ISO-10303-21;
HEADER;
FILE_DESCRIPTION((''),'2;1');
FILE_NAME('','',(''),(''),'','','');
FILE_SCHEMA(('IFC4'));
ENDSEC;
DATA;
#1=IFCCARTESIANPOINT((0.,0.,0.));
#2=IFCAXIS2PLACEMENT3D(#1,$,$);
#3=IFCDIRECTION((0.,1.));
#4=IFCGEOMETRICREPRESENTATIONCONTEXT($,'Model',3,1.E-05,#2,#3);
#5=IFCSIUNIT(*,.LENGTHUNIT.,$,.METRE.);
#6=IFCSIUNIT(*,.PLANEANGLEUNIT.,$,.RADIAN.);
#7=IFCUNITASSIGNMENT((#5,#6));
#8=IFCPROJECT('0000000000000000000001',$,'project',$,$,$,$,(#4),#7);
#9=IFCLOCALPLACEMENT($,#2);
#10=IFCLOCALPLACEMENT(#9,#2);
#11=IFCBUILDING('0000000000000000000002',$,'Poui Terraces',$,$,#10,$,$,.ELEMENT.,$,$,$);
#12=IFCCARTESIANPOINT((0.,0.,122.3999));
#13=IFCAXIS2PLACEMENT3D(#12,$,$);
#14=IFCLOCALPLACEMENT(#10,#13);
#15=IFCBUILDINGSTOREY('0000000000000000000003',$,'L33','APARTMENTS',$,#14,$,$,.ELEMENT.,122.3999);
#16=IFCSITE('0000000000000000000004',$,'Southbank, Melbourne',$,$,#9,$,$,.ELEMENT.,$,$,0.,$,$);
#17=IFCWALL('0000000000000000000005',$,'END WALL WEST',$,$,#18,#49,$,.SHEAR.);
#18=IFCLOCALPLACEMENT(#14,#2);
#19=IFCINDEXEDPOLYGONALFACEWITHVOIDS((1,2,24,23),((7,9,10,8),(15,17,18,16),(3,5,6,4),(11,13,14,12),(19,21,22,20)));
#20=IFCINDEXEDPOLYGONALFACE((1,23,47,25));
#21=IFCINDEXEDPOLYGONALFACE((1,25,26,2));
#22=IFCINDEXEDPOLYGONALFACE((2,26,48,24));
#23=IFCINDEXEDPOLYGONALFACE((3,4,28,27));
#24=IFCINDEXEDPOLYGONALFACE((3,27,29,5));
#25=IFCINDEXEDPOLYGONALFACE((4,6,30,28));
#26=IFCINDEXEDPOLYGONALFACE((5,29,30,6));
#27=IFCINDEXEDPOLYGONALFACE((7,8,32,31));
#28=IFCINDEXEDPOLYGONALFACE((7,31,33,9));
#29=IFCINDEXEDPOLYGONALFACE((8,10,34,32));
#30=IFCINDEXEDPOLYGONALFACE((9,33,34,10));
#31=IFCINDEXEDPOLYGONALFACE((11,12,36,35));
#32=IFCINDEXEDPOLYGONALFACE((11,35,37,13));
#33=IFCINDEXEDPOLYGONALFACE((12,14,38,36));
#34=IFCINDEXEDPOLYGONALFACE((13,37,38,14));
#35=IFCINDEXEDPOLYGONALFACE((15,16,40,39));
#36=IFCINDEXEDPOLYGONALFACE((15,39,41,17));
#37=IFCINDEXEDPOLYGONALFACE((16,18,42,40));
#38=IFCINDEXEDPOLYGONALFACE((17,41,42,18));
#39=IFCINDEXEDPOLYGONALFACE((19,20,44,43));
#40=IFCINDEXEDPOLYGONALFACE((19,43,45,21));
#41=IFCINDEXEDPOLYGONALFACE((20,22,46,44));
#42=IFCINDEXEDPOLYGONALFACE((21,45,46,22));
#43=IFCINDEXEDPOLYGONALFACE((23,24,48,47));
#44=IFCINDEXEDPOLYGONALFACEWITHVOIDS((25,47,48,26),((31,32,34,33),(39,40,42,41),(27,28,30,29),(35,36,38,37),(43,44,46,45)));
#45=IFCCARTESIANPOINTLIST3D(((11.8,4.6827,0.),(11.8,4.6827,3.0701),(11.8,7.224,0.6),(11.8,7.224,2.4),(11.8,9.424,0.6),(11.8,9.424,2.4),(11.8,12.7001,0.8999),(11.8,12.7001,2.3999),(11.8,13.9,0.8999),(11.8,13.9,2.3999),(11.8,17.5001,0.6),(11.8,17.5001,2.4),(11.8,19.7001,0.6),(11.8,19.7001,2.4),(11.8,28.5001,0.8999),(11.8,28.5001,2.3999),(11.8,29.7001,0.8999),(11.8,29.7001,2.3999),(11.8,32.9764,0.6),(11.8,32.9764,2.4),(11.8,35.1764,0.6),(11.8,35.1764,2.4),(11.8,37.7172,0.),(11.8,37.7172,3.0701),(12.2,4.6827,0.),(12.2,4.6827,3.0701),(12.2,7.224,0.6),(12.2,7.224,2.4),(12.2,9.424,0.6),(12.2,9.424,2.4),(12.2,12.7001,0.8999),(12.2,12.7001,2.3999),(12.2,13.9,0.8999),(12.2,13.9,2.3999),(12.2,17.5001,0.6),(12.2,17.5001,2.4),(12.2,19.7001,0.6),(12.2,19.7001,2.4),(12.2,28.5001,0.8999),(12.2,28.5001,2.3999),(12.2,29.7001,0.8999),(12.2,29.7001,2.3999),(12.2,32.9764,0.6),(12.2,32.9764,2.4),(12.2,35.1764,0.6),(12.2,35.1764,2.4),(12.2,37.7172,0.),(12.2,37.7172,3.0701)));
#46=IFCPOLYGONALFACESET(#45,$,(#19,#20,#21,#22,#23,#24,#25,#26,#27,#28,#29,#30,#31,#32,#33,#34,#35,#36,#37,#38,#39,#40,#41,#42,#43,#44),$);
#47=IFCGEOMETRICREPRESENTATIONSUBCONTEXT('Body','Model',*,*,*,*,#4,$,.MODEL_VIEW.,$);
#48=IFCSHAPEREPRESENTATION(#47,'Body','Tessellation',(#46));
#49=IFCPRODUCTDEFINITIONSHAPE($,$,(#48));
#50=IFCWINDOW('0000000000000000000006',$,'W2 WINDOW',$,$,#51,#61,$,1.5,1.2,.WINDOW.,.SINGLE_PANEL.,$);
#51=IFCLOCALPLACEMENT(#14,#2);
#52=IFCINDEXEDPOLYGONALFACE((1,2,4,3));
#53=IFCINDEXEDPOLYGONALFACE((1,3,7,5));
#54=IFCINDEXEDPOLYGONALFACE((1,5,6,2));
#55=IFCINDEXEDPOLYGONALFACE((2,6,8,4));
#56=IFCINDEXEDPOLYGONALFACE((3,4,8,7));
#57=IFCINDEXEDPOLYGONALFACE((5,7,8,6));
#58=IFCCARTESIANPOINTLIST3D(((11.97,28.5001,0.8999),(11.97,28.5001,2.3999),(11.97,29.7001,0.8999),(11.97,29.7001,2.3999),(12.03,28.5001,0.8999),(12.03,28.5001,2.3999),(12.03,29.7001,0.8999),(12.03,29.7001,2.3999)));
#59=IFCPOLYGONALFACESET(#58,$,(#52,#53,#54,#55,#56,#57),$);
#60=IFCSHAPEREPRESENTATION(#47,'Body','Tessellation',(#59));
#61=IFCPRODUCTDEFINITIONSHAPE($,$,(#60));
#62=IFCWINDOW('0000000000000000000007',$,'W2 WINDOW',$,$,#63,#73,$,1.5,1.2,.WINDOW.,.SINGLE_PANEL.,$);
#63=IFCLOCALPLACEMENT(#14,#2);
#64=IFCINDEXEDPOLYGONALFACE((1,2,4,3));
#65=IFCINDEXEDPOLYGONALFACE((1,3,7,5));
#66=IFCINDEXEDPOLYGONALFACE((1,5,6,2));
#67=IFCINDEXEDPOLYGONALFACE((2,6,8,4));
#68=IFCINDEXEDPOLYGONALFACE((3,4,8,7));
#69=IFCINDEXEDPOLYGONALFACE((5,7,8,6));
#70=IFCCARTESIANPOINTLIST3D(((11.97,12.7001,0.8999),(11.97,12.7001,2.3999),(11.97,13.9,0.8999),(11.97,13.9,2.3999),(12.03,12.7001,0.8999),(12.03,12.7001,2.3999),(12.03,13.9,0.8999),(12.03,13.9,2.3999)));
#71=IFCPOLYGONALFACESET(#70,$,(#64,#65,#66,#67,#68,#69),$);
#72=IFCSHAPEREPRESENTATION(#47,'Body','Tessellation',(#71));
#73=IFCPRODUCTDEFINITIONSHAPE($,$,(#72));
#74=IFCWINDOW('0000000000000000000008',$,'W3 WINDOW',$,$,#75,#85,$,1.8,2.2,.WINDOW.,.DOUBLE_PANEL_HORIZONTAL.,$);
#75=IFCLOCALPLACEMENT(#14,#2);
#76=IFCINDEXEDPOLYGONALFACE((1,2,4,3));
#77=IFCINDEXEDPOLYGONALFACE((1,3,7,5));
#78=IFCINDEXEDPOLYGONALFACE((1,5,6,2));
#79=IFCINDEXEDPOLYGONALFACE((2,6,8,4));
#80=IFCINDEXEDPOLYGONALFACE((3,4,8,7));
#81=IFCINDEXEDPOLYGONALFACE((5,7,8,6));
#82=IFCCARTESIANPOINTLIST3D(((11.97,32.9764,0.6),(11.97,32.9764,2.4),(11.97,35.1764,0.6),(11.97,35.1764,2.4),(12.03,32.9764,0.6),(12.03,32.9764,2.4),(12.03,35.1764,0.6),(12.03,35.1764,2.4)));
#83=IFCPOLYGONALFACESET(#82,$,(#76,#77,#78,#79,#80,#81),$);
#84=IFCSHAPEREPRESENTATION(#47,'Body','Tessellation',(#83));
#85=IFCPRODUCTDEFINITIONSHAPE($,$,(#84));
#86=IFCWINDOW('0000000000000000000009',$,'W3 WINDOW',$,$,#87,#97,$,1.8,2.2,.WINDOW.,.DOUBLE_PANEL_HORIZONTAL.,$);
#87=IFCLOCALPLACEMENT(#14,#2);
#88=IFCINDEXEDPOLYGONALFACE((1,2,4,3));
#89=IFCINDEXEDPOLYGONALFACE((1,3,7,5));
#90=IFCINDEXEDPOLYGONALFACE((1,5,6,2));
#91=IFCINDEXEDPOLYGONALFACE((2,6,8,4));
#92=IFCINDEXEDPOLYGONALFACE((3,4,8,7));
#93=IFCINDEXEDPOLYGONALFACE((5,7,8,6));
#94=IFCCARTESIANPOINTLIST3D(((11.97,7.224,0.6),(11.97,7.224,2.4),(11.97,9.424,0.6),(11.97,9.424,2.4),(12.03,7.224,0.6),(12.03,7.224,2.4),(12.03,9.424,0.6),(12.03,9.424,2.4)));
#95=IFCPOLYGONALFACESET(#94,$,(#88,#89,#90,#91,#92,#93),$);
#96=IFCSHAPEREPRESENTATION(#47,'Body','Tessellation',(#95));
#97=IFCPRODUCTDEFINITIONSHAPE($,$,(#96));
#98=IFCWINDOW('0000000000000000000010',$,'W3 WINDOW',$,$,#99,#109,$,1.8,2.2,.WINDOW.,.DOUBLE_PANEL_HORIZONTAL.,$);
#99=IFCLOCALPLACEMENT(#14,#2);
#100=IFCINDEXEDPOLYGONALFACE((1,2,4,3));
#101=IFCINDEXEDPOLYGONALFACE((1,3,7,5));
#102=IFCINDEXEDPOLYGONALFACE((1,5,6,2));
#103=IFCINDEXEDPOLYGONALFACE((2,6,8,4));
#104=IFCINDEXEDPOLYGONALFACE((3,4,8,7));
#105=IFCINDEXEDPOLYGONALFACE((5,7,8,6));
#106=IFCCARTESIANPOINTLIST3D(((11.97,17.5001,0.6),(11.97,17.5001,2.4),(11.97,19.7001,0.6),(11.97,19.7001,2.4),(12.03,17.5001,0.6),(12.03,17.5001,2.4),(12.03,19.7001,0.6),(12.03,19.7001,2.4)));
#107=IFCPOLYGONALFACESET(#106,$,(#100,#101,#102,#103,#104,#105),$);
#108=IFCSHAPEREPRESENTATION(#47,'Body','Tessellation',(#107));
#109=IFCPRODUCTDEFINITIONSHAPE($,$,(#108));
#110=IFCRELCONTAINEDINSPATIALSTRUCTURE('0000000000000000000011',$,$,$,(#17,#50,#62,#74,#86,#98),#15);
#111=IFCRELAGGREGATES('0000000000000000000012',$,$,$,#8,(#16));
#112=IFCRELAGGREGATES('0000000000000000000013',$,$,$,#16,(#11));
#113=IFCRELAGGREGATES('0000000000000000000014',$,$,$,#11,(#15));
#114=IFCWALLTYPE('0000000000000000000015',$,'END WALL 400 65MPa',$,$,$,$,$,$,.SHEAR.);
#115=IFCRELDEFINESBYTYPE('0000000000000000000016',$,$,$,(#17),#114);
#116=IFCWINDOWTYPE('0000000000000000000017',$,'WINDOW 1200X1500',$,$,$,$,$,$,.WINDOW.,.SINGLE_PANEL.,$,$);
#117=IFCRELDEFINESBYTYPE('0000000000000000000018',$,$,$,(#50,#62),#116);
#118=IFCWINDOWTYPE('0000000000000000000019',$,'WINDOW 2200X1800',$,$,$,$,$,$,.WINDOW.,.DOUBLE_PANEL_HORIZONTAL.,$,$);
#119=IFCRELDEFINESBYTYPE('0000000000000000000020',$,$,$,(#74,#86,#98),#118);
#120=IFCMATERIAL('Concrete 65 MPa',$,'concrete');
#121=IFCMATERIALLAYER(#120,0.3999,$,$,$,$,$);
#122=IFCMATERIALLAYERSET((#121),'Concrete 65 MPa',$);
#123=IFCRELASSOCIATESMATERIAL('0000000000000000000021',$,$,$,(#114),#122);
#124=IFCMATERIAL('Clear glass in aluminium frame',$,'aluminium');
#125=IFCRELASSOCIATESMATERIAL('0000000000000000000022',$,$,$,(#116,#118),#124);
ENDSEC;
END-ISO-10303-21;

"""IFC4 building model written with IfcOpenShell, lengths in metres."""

from ifc_helpers import new_model, si_unit, direction, frame, frame_2d, origin, place, context, subcontext, project, spatial, rectangle, extrude, material, layer, layer_set, type_object, element, fill, save


model = new_model("IFC4")

# Units and contexts
model_context = context("Model", 3, precision=1e-05, world=origin(), true_north=direction((0.0, 1.0)))
body_context = subcontext(model_context, "Body", "Model", "MODEL_VIEW")
ifc_project = project(units=[si_unit("LENGTHUNIT", "METRE"), si_unit("PLANEANGLEUNIT", "RADIAN")], contexts=[model_context])

# Site, building, storey
site_placement = place(None, origin())
site = spatial("IfcSite", under=ifc_project, at=site_placement, Name="Southbank, Melbourne", CompositionType="ELEMENT", RefElevation=0.0)
building_placement = place(site_placement, origin())
building = spatial("IfcBuilding", under=site, at=building_placement, Name="Poui Terraces", CompositionType="ELEMENT")
storey_placement = place(building_placement, frame((0.0, 0.0, 122.3999)))
storey = spatial("IfcBuildingStorey", under=building, at=storey_placement, Name="L33", Description="APARTMENTS", CompositionType="ELEMENT", Elevation=122.3999)

# Shared definitions
ifc_material_1 = material(Name="Concrete 65 MPa", Category="concrete")

# Wall, openings, windows
ifc_layer_1 = layer(ifc_material_1, 0.3999)
ifc_layer_set_1 = layer_set([ifc_layer_1], Name="Concrete 65 MPa")
wall_type_1 = type_object("IfcWallType", Name="END WALL 400 65MPa", PredefinedType="SHEAR", material=ifc_layer_set_1)
wall_1_placement = place(storey_placement, frame((12.0, 4.6829, 0.0), z_axis=(0.0, 0.0, 1.0), x_axis=(0.0, 1.0, 0.0)))
wall_1 = element("IfcWall", 1, at=wall_1_placement, inside=storey, type_object=wall_type_1, Name="END WALL WEST", PredefinedType="SHEAR", context=body_context, shape_type="SweptSolid", body=[
    extrude(rectangle(XDim=33.0344, YDim=0.3999, at=frame_2d((16.5171, 0.0))), origin(), (0.0, 0.0, 1.0), 3.0701),
])
opening_1_placement = place(wall_1_placement, frame((23.8171, 0.0, 0.8999)))
opening_1 = element("IfcOpeningElement", 2, at=opening_1_placement, cuts=wall_1, PredefinedType="OPENING", context=body_context, shape_type="SweptSolid", body=[
    extrude(rectangle(XDim=1.2, YDim=1.5, at=frame_2d((0.6001, 0.75))), frame((0.0, 0.21, 0.0), z_axis=(0.0, -1.0, 0.0), x_axis=(1.0, 0.0, 0.0)), (0.0, 0.0, 1.0), 0.4199),
])
opening_2_placement = place(wall_1_placement, frame((8.0171, 0.0, 0.8999)))
opening_2 = element("IfcOpeningElement", 3, at=opening_2_placement, cuts=wall_1, PredefinedType="OPENING", context=body_context, shape_type="SweptSolid", body=[
    extrude(rectangle(XDim=1.2, YDim=1.5, at=frame_2d((0.6001, 0.75))), frame((0.0, 0.21, 0.0), z_axis=(0.0, -1.0, 0.0), x_axis=(1.0, 0.0, 0.0)), (0.0, 0.0, 1.0), 0.4199),
])
opening_3_placement = place(wall_1_placement, frame((28.2935, 0.0, 0.6001)))
opening_3 = element("IfcOpeningElement", 4, at=opening_3_placement, cuts=wall_1, PredefinedType="OPENING", context=body_context, shape_type="SweptSolid", body=[
    extrude(rectangle(XDim=2.2, YDim=1.8, at=frame_2d((1.1001, 0.8999))), frame((0.0, 0.21, 0.0), z_axis=(0.0, -1.0, 0.0), x_axis=(1.0, 0.0, 0.0)), (0.0, 0.0, 1.0), 0.4199),
])
opening_4_placement = place(wall_1_placement, frame((2.541, 0.0, 0.6001)))
opening_4 = element("IfcOpeningElement", 5, at=opening_4_placement, cuts=wall_1, PredefinedType="OPENING", context=body_context, shape_type="SweptSolid", body=[
    extrude(rectangle(XDim=2.2, YDim=1.8, at=frame_2d((1.1001, 0.8999))), frame((0.0, 0.21, 0.0), z_axis=(0.0, -1.0, 0.0), x_axis=(1.0, 0.0, 0.0)), (0.0, 0.0, 1.0), 0.4199),
])
opening_5_placement = place(wall_1_placement, frame((12.8171, 0.0, 0.6001)))
opening_5 = element("IfcOpeningElement", 6, at=opening_5_placement, cuts=wall_1, PredefinedType="OPENING", context=body_context, shape_type="SweptSolid", body=[
    extrude(rectangle(XDim=2.2, YDim=1.8, at=frame_2d((1.1001, 0.8999))), frame((0.0, 0.21, 0.0), z_axis=(0.0, -1.0, 0.0), x_axis=(1.0, 0.0, 0.0)), (0.0, 0.0, 1.0), 0.4199),
])
ifc_material_2 = material(Name="Clear glass in aluminium frame", Category="aluminium")
window_type_1 = type_object("IfcWindowType", Name="WINDOW 1200X1500", PartitioningType="SINGLE_PANEL", PredefinedType="WINDOW", material=ifc_material_2)
window_1_placement = place(opening_1_placement, origin())
window_1 = element("IfcWindow", 7, at=window_1_placement, inside=storey, type_object=window_type_1, Name="W2 WINDOW", OverallHeight=1.5, OverallWidth=1.2, PartitioningType="SINGLE_PANEL", PredefinedType="WINDOW", context=body_context, shape_type="SweptSolid", body=[
    extrude(rectangle(XDim=1.2, YDim=1.5, at=frame_2d((0.6001, 0.75))), frame((0.0, 0.03, 0.0), z_axis=(0.0, -1.0, 0.0), x_axis=(1.0, 0.0, 0.0)), (0.0, 0.0, 1.0), 0.0601),
])
fill(opening_1, window_1)
window_2_placement = place(opening_2_placement, origin())
window_2 = element("IfcWindow", 8, at=window_2_placement, inside=storey, type_object=window_type_1, Name="W2 WINDOW", OverallHeight=1.5, OverallWidth=1.2, PartitioningType="SINGLE_PANEL", PredefinedType="WINDOW", context=body_context, shape_type="SweptSolid", body=[
    extrude(rectangle(XDim=1.2, YDim=1.5, at=frame_2d((0.6001, 0.75))), frame((0.0, 0.03, 0.0), z_axis=(0.0, -1.0, 0.0), x_axis=(1.0, 0.0, 0.0)), (0.0, 0.0, 1.0), 0.0601),
])
fill(opening_2, window_2)
window_type_2 = type_object("IfcWindowType", Name="WINDOW 2200X1800", PartitioningType="DOUBLE_PANEL_HORIZONTAL", PredefinedType="WINDOW", material=ifc_material_2)
window_3_placement = place(opening_3_placement, origin())
window_3 = element("IfcWindow", 9, at=window_3_placement, inside=storey, type_object=window_type_2, Name="W3 WINDOW", OverallHeight=1.8, OverallWidth=2.2, PartitioningType="DOUBLE_PANEL_HORIZONTAL", PredefinedType="WINDOW", context=body_context, shape_type="SweptSolid", body=[
    extrude(rectangle(XDim=2.2, YDim=1.8, at=frame_2d((1.1001, 0.8999))), frame((0.0, 0.03, 0.0), z_axis=(0.0, -1.0, 0.0), x_axis=(1.0, 0.0, 0.0)), (0.0, 0.0, 1.0), 0.0601),
])
fill(opening_3, window_3)
window_4_placement = place(opening_4_placement, origin())
window_4 = element("IfcWindow", 10, at=window_4_placement, inside=storey, type_object=window_type_2, Name="W3 WINDOW", OverallHeight=1.8, OverallWidth=2.2, PartitioningType="DOUBLE_PANEL_HORIZONTAL", PredefinedType="WINDOW", context=body_context, shape_type="SweptSolid", body=[
    extrude(rectangle(XDim=2.2, YDim=1.8, at=frame_2d((1.1001, 0.8999))), frame((0.0, 0.03, 0.0), z_axis=(0.0, -1.0, 0.0), x_axis=(1.0, 0.0, 0.0)), (0.0, 0.0, 1.0), 0.0601),
])
fill(opening_4, window_4)
window_5_placement = place(opening_5_placement, origin())
window_5 = element("IfcWindow", 11, at=window_5_placement, inside=storey, type_object=window_type_2, Name="W3 WINDOW", OverallHeight=1.8, OverallWidth=2.2, PartitioningType="DOUBLE_PANEL_HORIZONTAL", PredefinedType="WINDOW", context=body_context, shape_type="SweptSolid", body=[
    extrude(rectangle(XDim=2.2, YDim=1.8, at=frame_2d((1.1001, 0.8999))), frame((0.0, 0.03, 0.0), z_axis=(0.0, -1.0, 0.0), x_axis=(1.0, 0.0, 0.0)), (0.0, 0.0, 1.0), 0.0601),
])
fill(opening_5, window_5)

save(model, "model.ifc")
